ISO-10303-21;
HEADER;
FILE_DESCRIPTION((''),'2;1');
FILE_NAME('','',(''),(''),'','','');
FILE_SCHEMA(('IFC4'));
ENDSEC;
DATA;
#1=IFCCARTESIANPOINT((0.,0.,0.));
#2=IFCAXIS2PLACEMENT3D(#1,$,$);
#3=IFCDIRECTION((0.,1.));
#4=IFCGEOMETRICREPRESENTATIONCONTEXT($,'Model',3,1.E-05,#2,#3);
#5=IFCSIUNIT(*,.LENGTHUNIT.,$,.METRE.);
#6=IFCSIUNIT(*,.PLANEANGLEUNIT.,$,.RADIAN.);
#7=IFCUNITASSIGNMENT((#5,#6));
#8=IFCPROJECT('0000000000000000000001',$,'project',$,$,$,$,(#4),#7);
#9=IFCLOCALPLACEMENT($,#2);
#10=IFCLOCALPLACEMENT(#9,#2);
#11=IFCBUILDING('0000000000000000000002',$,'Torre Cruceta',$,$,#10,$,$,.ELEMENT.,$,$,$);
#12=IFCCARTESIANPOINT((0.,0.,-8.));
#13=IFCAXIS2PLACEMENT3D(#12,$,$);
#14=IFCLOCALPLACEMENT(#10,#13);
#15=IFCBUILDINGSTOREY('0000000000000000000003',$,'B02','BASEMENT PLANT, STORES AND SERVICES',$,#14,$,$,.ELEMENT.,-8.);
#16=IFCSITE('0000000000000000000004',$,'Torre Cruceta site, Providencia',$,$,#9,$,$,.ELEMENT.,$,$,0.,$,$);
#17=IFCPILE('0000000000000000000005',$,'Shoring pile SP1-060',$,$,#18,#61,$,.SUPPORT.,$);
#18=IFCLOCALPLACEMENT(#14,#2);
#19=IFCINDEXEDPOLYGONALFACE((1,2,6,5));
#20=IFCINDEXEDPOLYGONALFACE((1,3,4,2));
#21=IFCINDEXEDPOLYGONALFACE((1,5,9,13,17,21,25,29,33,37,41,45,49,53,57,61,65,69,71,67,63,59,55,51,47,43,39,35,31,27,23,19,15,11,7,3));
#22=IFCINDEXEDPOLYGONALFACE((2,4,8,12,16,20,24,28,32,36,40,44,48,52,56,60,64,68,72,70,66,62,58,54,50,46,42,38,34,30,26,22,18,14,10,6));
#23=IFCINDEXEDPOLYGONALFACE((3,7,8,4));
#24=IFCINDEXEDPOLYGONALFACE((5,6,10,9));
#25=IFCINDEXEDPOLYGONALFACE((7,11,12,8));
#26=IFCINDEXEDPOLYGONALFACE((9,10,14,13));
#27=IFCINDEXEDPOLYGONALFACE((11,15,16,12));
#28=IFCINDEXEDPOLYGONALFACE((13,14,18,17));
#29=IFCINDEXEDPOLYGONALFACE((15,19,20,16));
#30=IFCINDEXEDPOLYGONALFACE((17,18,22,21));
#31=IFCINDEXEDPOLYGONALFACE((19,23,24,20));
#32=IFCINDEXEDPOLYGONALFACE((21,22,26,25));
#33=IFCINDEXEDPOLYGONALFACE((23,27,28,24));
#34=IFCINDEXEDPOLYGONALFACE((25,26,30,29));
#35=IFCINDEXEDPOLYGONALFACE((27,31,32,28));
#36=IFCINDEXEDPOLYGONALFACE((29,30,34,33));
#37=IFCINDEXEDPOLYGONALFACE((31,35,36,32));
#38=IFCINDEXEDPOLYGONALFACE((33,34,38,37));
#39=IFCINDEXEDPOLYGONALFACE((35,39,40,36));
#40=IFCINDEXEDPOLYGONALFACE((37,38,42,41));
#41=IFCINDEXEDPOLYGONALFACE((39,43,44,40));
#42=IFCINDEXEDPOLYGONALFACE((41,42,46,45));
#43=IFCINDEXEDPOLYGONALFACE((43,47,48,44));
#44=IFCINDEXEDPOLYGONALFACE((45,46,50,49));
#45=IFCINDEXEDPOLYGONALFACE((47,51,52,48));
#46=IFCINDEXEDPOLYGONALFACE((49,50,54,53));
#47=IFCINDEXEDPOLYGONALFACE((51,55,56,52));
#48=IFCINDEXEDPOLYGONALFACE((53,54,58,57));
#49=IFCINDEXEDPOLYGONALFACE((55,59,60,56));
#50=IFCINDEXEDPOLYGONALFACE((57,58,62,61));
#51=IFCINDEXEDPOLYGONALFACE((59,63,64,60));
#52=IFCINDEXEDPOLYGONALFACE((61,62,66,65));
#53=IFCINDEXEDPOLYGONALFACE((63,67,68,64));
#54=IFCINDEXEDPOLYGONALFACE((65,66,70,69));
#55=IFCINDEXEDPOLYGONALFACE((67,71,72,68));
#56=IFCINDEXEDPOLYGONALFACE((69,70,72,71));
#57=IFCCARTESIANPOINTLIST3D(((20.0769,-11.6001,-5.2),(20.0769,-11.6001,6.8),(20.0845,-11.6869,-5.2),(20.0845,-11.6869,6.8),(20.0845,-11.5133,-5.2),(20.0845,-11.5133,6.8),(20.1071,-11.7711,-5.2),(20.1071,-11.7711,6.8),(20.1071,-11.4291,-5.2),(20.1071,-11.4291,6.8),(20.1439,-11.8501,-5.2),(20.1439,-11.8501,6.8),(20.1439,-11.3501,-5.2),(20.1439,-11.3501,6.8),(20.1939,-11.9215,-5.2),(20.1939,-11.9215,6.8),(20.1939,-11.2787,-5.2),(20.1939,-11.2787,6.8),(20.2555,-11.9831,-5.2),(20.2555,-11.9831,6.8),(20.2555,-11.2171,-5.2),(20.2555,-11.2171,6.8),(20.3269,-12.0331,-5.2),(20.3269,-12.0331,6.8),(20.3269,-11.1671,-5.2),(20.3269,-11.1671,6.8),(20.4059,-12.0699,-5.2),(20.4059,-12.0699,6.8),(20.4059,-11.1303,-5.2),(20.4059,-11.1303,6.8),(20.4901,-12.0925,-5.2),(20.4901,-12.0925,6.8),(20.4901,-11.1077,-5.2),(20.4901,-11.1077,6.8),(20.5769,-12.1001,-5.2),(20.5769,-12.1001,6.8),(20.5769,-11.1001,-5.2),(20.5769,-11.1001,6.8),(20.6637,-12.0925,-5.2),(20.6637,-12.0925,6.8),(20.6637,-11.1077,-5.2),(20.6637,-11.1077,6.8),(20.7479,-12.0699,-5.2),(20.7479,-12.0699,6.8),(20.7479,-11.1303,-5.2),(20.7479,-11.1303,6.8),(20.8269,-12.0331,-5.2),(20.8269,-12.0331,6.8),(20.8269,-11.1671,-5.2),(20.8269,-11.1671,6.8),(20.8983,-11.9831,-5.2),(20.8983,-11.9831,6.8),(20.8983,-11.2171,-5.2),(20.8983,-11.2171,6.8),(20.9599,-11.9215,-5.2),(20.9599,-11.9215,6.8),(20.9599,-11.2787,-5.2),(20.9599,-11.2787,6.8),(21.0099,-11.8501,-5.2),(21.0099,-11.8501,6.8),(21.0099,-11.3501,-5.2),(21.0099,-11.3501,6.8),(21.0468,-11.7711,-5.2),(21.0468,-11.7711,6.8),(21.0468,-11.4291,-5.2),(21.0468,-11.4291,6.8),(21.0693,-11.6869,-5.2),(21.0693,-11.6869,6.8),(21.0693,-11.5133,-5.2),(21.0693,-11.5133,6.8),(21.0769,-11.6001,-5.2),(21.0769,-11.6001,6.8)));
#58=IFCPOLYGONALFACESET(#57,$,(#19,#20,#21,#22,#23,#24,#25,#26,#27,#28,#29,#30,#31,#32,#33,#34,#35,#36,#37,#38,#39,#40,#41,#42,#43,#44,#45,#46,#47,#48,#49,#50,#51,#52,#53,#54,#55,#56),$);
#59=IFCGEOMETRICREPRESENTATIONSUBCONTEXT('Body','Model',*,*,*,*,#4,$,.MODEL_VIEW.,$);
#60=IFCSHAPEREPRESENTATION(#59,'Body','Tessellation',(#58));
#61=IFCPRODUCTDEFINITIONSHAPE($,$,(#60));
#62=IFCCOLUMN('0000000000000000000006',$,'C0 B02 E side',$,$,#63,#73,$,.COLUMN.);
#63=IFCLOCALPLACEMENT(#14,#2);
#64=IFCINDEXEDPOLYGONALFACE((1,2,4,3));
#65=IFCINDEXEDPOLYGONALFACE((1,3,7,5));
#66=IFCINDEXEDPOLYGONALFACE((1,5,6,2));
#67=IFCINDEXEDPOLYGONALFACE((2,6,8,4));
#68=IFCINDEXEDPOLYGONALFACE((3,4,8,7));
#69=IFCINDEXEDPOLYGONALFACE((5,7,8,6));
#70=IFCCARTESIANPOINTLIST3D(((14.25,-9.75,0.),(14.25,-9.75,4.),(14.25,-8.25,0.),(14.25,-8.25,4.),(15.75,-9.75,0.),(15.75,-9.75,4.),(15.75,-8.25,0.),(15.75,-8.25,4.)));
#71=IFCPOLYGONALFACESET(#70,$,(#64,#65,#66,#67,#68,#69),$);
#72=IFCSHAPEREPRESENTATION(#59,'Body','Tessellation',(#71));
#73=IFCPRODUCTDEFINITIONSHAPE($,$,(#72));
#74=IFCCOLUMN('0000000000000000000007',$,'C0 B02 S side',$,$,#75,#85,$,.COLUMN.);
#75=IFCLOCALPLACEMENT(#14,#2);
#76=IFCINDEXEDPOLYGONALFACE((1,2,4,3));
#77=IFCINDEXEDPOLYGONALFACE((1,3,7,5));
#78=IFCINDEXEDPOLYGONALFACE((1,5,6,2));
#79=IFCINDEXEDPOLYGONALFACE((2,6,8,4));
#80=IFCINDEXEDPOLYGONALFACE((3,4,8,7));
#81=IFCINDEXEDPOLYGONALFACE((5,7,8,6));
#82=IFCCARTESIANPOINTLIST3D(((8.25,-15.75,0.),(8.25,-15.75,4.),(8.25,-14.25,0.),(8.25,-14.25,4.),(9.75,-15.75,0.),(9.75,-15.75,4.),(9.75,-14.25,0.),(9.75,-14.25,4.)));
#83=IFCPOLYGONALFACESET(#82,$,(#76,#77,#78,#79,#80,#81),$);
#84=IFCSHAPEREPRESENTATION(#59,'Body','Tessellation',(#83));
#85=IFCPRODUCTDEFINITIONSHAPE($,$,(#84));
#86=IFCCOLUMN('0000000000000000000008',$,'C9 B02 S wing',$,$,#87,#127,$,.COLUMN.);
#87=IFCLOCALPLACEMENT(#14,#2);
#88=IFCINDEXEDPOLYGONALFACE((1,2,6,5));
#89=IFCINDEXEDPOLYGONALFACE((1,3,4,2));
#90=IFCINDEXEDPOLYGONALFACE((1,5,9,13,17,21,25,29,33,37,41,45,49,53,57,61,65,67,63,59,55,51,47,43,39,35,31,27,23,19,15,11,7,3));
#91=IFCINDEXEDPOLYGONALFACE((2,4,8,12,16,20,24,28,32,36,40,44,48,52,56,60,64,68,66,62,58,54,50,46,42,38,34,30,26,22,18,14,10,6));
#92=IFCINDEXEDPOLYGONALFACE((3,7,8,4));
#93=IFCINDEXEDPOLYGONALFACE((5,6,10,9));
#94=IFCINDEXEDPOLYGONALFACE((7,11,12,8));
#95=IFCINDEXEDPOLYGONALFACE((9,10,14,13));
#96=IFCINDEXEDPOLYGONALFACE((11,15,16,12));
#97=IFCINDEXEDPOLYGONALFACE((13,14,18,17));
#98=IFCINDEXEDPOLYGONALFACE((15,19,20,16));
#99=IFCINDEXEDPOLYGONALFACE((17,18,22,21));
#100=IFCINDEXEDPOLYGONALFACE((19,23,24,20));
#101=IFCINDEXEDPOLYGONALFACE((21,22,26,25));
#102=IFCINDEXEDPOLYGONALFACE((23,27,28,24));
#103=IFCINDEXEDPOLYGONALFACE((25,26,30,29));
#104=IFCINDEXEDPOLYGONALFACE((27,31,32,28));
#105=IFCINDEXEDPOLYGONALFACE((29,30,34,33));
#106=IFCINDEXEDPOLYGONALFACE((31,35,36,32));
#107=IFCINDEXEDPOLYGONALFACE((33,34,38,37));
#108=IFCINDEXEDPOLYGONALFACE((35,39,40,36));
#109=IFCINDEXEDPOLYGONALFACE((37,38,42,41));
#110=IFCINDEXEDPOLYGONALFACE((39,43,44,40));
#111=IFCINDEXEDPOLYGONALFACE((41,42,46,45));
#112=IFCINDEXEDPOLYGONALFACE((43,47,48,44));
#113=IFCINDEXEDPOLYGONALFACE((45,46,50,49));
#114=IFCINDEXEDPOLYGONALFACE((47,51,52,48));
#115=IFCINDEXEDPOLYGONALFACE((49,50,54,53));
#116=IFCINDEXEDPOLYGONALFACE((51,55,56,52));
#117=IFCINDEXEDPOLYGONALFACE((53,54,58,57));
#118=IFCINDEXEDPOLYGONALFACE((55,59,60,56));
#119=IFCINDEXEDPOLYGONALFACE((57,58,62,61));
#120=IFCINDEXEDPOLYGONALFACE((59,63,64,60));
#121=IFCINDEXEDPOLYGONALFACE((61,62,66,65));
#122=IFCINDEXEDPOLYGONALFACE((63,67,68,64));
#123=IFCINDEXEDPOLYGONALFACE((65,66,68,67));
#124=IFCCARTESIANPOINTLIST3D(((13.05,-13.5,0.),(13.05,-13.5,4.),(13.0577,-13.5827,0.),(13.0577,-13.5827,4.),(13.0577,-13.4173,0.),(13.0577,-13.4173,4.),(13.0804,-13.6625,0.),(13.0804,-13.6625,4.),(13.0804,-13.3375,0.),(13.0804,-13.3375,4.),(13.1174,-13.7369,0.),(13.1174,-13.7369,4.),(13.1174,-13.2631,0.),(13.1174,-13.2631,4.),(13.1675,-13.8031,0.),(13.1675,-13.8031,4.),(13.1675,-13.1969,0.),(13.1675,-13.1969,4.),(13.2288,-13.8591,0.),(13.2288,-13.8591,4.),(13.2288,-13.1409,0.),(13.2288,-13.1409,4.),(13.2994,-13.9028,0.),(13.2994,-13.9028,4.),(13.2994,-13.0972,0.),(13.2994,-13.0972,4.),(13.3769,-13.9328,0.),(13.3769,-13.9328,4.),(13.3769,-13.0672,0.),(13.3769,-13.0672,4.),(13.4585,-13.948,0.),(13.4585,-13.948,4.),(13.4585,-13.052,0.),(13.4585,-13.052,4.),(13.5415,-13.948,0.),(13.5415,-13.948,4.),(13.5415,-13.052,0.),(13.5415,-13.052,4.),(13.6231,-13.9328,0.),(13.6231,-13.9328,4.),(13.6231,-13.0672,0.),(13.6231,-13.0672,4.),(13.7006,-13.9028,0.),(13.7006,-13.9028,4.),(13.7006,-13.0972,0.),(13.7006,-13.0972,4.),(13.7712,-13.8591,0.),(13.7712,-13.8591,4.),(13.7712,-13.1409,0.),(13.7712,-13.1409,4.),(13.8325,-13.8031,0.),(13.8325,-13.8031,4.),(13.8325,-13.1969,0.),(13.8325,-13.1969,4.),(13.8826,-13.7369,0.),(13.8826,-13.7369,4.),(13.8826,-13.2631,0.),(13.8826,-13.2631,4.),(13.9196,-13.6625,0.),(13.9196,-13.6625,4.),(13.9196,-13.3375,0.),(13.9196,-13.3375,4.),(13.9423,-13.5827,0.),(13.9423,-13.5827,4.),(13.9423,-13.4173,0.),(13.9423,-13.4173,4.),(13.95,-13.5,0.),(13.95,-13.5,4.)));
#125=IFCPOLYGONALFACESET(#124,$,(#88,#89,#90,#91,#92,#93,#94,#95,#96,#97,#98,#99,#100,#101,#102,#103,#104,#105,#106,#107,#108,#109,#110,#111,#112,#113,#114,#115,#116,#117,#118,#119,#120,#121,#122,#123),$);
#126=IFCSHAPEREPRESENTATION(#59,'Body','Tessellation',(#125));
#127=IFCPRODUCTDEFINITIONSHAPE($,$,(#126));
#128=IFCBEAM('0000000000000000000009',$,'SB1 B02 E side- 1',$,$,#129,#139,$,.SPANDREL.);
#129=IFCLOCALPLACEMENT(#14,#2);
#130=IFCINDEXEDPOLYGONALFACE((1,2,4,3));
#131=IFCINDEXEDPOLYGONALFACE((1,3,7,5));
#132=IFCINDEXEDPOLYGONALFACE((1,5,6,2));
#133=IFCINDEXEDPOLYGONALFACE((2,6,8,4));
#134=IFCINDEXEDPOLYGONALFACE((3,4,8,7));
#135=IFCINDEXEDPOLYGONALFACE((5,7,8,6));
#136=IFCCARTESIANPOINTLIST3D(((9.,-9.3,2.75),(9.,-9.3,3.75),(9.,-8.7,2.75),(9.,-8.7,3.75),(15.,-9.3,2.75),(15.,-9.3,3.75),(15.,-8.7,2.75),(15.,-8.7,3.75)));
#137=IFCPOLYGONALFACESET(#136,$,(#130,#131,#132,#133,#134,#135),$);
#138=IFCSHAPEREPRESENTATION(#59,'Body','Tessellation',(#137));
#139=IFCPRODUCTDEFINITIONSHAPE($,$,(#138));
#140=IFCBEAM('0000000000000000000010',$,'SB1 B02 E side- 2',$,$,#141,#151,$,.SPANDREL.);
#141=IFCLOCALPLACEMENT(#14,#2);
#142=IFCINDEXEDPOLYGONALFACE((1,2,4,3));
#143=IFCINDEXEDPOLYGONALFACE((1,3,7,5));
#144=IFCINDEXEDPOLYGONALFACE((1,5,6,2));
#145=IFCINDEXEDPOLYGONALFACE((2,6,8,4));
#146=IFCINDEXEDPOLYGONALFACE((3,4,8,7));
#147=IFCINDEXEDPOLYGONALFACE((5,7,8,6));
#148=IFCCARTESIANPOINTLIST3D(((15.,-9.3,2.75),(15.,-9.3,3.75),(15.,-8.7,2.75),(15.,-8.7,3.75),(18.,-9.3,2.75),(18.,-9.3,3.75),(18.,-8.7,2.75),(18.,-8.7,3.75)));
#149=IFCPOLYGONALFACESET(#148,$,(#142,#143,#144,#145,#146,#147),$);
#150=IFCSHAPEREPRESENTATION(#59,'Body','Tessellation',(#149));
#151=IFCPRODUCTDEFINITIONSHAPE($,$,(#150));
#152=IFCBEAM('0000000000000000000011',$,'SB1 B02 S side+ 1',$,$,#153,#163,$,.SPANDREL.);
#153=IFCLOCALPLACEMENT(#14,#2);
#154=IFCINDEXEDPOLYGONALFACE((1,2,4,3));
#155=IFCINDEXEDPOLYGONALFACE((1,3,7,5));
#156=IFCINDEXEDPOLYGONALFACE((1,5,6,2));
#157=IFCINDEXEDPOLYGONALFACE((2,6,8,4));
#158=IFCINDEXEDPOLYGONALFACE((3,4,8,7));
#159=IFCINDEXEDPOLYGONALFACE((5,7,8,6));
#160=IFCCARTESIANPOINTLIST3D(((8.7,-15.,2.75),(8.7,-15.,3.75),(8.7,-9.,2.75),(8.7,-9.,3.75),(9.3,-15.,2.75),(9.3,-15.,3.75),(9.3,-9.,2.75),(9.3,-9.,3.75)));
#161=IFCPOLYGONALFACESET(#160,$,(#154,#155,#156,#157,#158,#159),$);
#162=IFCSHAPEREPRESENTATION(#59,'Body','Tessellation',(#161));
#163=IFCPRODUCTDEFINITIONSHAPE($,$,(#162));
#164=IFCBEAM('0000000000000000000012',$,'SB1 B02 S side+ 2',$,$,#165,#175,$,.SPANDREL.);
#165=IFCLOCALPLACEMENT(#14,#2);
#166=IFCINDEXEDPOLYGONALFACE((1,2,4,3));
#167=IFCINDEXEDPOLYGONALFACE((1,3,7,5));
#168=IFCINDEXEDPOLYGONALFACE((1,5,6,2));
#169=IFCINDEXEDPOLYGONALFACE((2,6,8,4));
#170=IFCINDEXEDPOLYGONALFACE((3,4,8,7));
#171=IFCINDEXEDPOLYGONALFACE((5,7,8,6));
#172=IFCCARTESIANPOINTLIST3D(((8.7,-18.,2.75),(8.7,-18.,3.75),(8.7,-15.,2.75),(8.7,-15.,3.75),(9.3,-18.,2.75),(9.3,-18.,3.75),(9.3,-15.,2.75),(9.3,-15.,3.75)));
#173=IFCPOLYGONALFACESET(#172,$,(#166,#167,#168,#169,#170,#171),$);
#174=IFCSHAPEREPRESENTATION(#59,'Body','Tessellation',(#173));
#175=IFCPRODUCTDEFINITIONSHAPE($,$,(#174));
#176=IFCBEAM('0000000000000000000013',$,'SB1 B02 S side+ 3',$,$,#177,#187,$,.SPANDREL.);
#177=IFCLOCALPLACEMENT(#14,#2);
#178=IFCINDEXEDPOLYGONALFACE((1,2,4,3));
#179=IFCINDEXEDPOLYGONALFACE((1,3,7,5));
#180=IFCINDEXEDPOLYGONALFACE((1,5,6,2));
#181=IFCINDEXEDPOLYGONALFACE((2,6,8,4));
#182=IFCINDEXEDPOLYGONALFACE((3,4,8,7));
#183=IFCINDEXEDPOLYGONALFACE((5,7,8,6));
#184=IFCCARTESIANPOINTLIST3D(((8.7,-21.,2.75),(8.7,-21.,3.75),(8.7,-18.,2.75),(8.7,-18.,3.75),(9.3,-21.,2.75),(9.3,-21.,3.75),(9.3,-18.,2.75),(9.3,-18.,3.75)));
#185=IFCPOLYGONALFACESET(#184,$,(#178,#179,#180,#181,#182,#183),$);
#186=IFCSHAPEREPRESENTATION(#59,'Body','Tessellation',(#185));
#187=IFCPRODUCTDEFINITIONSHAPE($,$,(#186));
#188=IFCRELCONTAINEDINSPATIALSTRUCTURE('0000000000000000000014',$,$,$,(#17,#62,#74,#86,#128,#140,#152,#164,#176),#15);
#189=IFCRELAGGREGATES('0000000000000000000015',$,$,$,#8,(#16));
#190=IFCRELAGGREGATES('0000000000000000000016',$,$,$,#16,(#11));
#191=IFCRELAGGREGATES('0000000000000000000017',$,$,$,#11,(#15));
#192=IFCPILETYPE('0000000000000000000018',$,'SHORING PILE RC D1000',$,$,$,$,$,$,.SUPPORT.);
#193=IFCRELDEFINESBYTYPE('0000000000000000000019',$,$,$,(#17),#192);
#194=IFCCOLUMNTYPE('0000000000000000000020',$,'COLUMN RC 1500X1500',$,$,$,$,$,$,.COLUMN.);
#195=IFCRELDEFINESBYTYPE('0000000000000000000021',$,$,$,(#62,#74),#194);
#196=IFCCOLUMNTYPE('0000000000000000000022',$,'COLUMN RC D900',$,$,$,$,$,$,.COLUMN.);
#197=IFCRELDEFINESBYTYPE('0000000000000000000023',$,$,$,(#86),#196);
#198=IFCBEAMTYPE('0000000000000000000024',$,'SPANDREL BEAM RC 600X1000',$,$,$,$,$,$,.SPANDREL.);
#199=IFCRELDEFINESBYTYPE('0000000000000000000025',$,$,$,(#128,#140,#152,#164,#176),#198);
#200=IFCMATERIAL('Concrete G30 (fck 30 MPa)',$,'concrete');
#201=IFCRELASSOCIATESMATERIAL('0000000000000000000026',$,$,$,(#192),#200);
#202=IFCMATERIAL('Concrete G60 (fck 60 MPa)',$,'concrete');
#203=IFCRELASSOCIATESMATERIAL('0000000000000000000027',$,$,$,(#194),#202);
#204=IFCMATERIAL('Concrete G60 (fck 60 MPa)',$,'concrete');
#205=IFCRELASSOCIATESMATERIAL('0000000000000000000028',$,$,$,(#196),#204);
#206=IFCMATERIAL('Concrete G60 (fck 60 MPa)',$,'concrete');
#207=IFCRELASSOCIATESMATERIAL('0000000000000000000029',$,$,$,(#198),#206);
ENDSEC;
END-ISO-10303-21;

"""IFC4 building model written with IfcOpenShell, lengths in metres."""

from ifc_helpers import new_model, si_unit, direction, frame, origin, origin_2d, place, context, subcontext, project, spatial, rectangle, circle, extrude, material, material_profile, profile_set, type_object, element, save


model = new_model("IFC4")

# Units and contexts
model_context = context("Model", 3, precision=1e-05, world=origin(), true_north=direction((0.0, 1.0)))
body_context = subcontext(model_context, "Body", "Model", "MODEL_VIEW")
ifc_project = project(units=[si_unit("LENGTHUNIT", "METRE"), si_unit("PLANEANGLEUNIT", "RADIAN")], contexts=[model_context])

# Site, building, storey
site_placement = place(None, origin())
site = spatial("IfcSite", under=ifc_project, at=site_placement, Name="Torre Cruceta site, Providencia", CompositionType="ELEMENT", RefElevation=0.0)
building_placement = place(site_placement, origin())
building = spatial("IfcBuilding", under=site, at=building_placement, Name="Torre Cruceta", CompositionType="ELEMENT")
storey_placement = place(building_placement, frame((0.0, 0.0, -8.0)))
storey = spatial("IfcBuildingStorey", under=building, at=storey_placement, Name="B02", Description="BASEMENT PLANT, STORES AND SERVICES", CompositionType="ELEMENT", Elevation=-8.0)

# Pile
ifc_material_1 = material(Name="Concrete G30 (fck 30 MPa)", Category="concrete")
ifc_material_profile_1 = material_profile(ifc_material_1, circle(Radius=0.5, at=origin_2d()), Name="RC D1000")
ifc_profile_set_1 = profile_set([ifc_material_profile_1], Name="Concrete G30 (fck 30 MPa)")
pile_type_1 = type_object("IfcPileType", Name="SHORING PILE RC D1000", PredefinedType="SUPPORT", material=ifc_profile_set_1)
for number, where, z_axis, x_axis, name in (
    (1, (20.5769, -11.6001, 6.8), (0.0, 0.0, -1.0), (1.0, 0.0, 0.0), "Shoring pile SP1-060"),
):
    element("IfcPile", number, at=place(storey_placement, frame(where, z_axis=z_axis, x_axis=x_axis)), inside=storey, type_object=pile_type_1, Name=name, PredefinedType="SUPPORT", context=body_context, shape_type="SweptSolid", body=[
        extrude(circle(Radius=0.5, at=origin_2d()), origin(), (0.0, 0.0, 1.0), 12.0),
    ])

# Columns
ifc_material_2 = material(Name="Concrete G60 (fck 60 MPa)", Category="concrete")
ifc_material_profile_2 = material_profile(ifc_material_2, rectangle(XDim=1.5, YDim=1.5, at=origin_2d()), Name="RC 1500X1500")
ifc_profile_set_2 = profile_set([ifc_material_profile_2], Name="Concrete G60 (fck 60 MPa)")
column_type_1 = type_object("IfcColumnType", Name="COLUMN RC 1500X1500", PredefinedType="COLUMN", material=ifc_profile_set_2)
for number, where, z_axis, x_axis, name in (
    (2, (15.0, -9.0, 0.0), (0.0, 0.0, 1.0), (1.0, 0.0, 0.0), "C0 B02 E side"),
    (3, (9.0, -15.0, 0.0), (0.0, 0.0, 1.0), (1.0, 0.0, 0.0), "C0 B02 S side"),
):
    element("IfcColumn", number, at=place(storey_placement, frame(where, z_axis=z_axis, x_axis=x_axis)), inside=storey, type_object=column_type_1, Name=name, PredefinedType="COLUMN", context=body_context, shape_type="SweptSolid", body=[
        extrude(rectangle(XDim=1.5, YDim=1.5, at=origin_2d()), origin(), (0.0, 0.0, 1.0), 4.0),
    ])
ifc_material_3 = material(Name="Concrete G60 (fck 60 MPa)", Category="concrete")
ifc_material_profile_3 = material_profile(ifc_material_3, circle(Radius=0.45, at=origin_2d()), Name="RC D900")
ifc_profile_set_3 = profile_set([ifc_material_profile_3], Name="Concrete G60 (fck 60 MPa)")
column_type_2 = type_object("IfcColumnType", Name="COLUMN RC D900", PredefinedType="COLUMN", material=ifc_profile_set_3)
column_placement = place(storey_placement, frame((13.5, -13.5, 0.0), z_axis=(0.0, 0.0, 1.0), x_axis=(1.0, 0.0, 0.0)))
element("IfcColumn", 4, at=column_placement, inside=storey, type_object=column_type_2, Name="C9 B02 S wing", PredefinedType="COLUMN", context=body_context, shape_type="SweptSolid", body=[
    extrude(circle(Radius=0.45, at=origin_2d()), origin(), (0.0, 0.0, 1.0), 4.0),
])

# Beams
ifc_material_4 = material(Name="Concrete G60 (fck 60 MPa)", Category="concrete")
ifc_material_profile_4 = material_profile(ifc_material_4, rectangle(XDim=0.6001, YDim=1.0, at=origin_2d()), Name="RC 600X1000")
ifc_profile_set_4 = profile_set([ifc_material_profile_4], Name="Concrete G60 (fck 60 MPa)")
beam_type_1 = type_object("IfcBeamType", Name="SPANDREL BEAM RC 600X1000", PredefinedType="SPANDREL", material=ifc_profile_set_4)
beam_1_placement = place(storey_placement, frame((9.0, -9.0, 3.25), z_axis=(1.0, 0.0, 0.0), x_axis=(0.0, 1.0, 0.0)))
element("IfcBeam", 5, at=beam_1_placement, inside=storey, type_object=beam_type_1, Name="SB1 B02 E side- 1", PredefinedType="SPANDREL", context=body_context, shape_type="SweptSolid", body=[
    extrude(rectangle(XDim=0.6001, YDim=1.0, at=origin_2d()), origin(), (0.0, 0.0, 1.0), 6.0),
])
beam_2_placement = place(storey_placement, frame((15.0, -9.0, 3.25), z_axis=(1.0, 0.0, 0.0), x_axis=(0.0, 1.0, 0.0)))
element("IfcBeam", 6, at=beam_2_placement, inside=storey, type_object=beam_type_1, Name="SB1 B02 E side- 2", PredefinedType="SPANDREL", context=body_context, shape_type="SweptSolid", body=[
    extrude(rectangle(XDim=0.6001, YDim=1.0, at=origin_2d()), origin(), (0.0, 0.0, 1.0), 3.0),
])
beam_3_placement = place(storey_placement, frame((9.0, -9.0, 3.25), z_axis=(0.0, -1.0, 0.0), x_axis=(1.0, 0.0, 0.0)))
element("IfcBeam", 7, at=beam_3_placement, inside=storey, type_object=beam_type_1, Name="SB1 B02 S side+ 1", PredefinedType="SPANDREL", context=body_context, shape_type="SweptSolid", body=[
    extrude(rectangle(XDim=0.6001, YDim=1.0, at=origin_2d()), origin(), (0.0, 0.0, 1.0), 6.0),
])
for number, where, z_axis, x_axis, name in (
    (8, (9.0, -15.0, 3.25), (0.0, -1.0, 0.0), (1.0, 0.0, 0.0), "SB1 B02 S side+ 2"),
    (9, (9.0, -18.0, 3.25), (0.0, -1.0, 0.0), (1.0, 0.0, 0.0), "SB1 B02 S side+ 3"),
):
    element("IfcBeam", number, at=place(storey_placement, frame(where, z_axis=z_axis, x_axis=x_axis)), inside=storey, type_object=beam_type_1, Name=name, PredefinedType="SPANDREL", context=body_context, shape_type="SweptSolid", body=[
        extrude(rectangle(XDim=0.6001, YDim=1.0, at=origin_2d()), origin(), (0.0, 0.0, 1.0), 3.0),
    ])

save(model, "model.ifc")
